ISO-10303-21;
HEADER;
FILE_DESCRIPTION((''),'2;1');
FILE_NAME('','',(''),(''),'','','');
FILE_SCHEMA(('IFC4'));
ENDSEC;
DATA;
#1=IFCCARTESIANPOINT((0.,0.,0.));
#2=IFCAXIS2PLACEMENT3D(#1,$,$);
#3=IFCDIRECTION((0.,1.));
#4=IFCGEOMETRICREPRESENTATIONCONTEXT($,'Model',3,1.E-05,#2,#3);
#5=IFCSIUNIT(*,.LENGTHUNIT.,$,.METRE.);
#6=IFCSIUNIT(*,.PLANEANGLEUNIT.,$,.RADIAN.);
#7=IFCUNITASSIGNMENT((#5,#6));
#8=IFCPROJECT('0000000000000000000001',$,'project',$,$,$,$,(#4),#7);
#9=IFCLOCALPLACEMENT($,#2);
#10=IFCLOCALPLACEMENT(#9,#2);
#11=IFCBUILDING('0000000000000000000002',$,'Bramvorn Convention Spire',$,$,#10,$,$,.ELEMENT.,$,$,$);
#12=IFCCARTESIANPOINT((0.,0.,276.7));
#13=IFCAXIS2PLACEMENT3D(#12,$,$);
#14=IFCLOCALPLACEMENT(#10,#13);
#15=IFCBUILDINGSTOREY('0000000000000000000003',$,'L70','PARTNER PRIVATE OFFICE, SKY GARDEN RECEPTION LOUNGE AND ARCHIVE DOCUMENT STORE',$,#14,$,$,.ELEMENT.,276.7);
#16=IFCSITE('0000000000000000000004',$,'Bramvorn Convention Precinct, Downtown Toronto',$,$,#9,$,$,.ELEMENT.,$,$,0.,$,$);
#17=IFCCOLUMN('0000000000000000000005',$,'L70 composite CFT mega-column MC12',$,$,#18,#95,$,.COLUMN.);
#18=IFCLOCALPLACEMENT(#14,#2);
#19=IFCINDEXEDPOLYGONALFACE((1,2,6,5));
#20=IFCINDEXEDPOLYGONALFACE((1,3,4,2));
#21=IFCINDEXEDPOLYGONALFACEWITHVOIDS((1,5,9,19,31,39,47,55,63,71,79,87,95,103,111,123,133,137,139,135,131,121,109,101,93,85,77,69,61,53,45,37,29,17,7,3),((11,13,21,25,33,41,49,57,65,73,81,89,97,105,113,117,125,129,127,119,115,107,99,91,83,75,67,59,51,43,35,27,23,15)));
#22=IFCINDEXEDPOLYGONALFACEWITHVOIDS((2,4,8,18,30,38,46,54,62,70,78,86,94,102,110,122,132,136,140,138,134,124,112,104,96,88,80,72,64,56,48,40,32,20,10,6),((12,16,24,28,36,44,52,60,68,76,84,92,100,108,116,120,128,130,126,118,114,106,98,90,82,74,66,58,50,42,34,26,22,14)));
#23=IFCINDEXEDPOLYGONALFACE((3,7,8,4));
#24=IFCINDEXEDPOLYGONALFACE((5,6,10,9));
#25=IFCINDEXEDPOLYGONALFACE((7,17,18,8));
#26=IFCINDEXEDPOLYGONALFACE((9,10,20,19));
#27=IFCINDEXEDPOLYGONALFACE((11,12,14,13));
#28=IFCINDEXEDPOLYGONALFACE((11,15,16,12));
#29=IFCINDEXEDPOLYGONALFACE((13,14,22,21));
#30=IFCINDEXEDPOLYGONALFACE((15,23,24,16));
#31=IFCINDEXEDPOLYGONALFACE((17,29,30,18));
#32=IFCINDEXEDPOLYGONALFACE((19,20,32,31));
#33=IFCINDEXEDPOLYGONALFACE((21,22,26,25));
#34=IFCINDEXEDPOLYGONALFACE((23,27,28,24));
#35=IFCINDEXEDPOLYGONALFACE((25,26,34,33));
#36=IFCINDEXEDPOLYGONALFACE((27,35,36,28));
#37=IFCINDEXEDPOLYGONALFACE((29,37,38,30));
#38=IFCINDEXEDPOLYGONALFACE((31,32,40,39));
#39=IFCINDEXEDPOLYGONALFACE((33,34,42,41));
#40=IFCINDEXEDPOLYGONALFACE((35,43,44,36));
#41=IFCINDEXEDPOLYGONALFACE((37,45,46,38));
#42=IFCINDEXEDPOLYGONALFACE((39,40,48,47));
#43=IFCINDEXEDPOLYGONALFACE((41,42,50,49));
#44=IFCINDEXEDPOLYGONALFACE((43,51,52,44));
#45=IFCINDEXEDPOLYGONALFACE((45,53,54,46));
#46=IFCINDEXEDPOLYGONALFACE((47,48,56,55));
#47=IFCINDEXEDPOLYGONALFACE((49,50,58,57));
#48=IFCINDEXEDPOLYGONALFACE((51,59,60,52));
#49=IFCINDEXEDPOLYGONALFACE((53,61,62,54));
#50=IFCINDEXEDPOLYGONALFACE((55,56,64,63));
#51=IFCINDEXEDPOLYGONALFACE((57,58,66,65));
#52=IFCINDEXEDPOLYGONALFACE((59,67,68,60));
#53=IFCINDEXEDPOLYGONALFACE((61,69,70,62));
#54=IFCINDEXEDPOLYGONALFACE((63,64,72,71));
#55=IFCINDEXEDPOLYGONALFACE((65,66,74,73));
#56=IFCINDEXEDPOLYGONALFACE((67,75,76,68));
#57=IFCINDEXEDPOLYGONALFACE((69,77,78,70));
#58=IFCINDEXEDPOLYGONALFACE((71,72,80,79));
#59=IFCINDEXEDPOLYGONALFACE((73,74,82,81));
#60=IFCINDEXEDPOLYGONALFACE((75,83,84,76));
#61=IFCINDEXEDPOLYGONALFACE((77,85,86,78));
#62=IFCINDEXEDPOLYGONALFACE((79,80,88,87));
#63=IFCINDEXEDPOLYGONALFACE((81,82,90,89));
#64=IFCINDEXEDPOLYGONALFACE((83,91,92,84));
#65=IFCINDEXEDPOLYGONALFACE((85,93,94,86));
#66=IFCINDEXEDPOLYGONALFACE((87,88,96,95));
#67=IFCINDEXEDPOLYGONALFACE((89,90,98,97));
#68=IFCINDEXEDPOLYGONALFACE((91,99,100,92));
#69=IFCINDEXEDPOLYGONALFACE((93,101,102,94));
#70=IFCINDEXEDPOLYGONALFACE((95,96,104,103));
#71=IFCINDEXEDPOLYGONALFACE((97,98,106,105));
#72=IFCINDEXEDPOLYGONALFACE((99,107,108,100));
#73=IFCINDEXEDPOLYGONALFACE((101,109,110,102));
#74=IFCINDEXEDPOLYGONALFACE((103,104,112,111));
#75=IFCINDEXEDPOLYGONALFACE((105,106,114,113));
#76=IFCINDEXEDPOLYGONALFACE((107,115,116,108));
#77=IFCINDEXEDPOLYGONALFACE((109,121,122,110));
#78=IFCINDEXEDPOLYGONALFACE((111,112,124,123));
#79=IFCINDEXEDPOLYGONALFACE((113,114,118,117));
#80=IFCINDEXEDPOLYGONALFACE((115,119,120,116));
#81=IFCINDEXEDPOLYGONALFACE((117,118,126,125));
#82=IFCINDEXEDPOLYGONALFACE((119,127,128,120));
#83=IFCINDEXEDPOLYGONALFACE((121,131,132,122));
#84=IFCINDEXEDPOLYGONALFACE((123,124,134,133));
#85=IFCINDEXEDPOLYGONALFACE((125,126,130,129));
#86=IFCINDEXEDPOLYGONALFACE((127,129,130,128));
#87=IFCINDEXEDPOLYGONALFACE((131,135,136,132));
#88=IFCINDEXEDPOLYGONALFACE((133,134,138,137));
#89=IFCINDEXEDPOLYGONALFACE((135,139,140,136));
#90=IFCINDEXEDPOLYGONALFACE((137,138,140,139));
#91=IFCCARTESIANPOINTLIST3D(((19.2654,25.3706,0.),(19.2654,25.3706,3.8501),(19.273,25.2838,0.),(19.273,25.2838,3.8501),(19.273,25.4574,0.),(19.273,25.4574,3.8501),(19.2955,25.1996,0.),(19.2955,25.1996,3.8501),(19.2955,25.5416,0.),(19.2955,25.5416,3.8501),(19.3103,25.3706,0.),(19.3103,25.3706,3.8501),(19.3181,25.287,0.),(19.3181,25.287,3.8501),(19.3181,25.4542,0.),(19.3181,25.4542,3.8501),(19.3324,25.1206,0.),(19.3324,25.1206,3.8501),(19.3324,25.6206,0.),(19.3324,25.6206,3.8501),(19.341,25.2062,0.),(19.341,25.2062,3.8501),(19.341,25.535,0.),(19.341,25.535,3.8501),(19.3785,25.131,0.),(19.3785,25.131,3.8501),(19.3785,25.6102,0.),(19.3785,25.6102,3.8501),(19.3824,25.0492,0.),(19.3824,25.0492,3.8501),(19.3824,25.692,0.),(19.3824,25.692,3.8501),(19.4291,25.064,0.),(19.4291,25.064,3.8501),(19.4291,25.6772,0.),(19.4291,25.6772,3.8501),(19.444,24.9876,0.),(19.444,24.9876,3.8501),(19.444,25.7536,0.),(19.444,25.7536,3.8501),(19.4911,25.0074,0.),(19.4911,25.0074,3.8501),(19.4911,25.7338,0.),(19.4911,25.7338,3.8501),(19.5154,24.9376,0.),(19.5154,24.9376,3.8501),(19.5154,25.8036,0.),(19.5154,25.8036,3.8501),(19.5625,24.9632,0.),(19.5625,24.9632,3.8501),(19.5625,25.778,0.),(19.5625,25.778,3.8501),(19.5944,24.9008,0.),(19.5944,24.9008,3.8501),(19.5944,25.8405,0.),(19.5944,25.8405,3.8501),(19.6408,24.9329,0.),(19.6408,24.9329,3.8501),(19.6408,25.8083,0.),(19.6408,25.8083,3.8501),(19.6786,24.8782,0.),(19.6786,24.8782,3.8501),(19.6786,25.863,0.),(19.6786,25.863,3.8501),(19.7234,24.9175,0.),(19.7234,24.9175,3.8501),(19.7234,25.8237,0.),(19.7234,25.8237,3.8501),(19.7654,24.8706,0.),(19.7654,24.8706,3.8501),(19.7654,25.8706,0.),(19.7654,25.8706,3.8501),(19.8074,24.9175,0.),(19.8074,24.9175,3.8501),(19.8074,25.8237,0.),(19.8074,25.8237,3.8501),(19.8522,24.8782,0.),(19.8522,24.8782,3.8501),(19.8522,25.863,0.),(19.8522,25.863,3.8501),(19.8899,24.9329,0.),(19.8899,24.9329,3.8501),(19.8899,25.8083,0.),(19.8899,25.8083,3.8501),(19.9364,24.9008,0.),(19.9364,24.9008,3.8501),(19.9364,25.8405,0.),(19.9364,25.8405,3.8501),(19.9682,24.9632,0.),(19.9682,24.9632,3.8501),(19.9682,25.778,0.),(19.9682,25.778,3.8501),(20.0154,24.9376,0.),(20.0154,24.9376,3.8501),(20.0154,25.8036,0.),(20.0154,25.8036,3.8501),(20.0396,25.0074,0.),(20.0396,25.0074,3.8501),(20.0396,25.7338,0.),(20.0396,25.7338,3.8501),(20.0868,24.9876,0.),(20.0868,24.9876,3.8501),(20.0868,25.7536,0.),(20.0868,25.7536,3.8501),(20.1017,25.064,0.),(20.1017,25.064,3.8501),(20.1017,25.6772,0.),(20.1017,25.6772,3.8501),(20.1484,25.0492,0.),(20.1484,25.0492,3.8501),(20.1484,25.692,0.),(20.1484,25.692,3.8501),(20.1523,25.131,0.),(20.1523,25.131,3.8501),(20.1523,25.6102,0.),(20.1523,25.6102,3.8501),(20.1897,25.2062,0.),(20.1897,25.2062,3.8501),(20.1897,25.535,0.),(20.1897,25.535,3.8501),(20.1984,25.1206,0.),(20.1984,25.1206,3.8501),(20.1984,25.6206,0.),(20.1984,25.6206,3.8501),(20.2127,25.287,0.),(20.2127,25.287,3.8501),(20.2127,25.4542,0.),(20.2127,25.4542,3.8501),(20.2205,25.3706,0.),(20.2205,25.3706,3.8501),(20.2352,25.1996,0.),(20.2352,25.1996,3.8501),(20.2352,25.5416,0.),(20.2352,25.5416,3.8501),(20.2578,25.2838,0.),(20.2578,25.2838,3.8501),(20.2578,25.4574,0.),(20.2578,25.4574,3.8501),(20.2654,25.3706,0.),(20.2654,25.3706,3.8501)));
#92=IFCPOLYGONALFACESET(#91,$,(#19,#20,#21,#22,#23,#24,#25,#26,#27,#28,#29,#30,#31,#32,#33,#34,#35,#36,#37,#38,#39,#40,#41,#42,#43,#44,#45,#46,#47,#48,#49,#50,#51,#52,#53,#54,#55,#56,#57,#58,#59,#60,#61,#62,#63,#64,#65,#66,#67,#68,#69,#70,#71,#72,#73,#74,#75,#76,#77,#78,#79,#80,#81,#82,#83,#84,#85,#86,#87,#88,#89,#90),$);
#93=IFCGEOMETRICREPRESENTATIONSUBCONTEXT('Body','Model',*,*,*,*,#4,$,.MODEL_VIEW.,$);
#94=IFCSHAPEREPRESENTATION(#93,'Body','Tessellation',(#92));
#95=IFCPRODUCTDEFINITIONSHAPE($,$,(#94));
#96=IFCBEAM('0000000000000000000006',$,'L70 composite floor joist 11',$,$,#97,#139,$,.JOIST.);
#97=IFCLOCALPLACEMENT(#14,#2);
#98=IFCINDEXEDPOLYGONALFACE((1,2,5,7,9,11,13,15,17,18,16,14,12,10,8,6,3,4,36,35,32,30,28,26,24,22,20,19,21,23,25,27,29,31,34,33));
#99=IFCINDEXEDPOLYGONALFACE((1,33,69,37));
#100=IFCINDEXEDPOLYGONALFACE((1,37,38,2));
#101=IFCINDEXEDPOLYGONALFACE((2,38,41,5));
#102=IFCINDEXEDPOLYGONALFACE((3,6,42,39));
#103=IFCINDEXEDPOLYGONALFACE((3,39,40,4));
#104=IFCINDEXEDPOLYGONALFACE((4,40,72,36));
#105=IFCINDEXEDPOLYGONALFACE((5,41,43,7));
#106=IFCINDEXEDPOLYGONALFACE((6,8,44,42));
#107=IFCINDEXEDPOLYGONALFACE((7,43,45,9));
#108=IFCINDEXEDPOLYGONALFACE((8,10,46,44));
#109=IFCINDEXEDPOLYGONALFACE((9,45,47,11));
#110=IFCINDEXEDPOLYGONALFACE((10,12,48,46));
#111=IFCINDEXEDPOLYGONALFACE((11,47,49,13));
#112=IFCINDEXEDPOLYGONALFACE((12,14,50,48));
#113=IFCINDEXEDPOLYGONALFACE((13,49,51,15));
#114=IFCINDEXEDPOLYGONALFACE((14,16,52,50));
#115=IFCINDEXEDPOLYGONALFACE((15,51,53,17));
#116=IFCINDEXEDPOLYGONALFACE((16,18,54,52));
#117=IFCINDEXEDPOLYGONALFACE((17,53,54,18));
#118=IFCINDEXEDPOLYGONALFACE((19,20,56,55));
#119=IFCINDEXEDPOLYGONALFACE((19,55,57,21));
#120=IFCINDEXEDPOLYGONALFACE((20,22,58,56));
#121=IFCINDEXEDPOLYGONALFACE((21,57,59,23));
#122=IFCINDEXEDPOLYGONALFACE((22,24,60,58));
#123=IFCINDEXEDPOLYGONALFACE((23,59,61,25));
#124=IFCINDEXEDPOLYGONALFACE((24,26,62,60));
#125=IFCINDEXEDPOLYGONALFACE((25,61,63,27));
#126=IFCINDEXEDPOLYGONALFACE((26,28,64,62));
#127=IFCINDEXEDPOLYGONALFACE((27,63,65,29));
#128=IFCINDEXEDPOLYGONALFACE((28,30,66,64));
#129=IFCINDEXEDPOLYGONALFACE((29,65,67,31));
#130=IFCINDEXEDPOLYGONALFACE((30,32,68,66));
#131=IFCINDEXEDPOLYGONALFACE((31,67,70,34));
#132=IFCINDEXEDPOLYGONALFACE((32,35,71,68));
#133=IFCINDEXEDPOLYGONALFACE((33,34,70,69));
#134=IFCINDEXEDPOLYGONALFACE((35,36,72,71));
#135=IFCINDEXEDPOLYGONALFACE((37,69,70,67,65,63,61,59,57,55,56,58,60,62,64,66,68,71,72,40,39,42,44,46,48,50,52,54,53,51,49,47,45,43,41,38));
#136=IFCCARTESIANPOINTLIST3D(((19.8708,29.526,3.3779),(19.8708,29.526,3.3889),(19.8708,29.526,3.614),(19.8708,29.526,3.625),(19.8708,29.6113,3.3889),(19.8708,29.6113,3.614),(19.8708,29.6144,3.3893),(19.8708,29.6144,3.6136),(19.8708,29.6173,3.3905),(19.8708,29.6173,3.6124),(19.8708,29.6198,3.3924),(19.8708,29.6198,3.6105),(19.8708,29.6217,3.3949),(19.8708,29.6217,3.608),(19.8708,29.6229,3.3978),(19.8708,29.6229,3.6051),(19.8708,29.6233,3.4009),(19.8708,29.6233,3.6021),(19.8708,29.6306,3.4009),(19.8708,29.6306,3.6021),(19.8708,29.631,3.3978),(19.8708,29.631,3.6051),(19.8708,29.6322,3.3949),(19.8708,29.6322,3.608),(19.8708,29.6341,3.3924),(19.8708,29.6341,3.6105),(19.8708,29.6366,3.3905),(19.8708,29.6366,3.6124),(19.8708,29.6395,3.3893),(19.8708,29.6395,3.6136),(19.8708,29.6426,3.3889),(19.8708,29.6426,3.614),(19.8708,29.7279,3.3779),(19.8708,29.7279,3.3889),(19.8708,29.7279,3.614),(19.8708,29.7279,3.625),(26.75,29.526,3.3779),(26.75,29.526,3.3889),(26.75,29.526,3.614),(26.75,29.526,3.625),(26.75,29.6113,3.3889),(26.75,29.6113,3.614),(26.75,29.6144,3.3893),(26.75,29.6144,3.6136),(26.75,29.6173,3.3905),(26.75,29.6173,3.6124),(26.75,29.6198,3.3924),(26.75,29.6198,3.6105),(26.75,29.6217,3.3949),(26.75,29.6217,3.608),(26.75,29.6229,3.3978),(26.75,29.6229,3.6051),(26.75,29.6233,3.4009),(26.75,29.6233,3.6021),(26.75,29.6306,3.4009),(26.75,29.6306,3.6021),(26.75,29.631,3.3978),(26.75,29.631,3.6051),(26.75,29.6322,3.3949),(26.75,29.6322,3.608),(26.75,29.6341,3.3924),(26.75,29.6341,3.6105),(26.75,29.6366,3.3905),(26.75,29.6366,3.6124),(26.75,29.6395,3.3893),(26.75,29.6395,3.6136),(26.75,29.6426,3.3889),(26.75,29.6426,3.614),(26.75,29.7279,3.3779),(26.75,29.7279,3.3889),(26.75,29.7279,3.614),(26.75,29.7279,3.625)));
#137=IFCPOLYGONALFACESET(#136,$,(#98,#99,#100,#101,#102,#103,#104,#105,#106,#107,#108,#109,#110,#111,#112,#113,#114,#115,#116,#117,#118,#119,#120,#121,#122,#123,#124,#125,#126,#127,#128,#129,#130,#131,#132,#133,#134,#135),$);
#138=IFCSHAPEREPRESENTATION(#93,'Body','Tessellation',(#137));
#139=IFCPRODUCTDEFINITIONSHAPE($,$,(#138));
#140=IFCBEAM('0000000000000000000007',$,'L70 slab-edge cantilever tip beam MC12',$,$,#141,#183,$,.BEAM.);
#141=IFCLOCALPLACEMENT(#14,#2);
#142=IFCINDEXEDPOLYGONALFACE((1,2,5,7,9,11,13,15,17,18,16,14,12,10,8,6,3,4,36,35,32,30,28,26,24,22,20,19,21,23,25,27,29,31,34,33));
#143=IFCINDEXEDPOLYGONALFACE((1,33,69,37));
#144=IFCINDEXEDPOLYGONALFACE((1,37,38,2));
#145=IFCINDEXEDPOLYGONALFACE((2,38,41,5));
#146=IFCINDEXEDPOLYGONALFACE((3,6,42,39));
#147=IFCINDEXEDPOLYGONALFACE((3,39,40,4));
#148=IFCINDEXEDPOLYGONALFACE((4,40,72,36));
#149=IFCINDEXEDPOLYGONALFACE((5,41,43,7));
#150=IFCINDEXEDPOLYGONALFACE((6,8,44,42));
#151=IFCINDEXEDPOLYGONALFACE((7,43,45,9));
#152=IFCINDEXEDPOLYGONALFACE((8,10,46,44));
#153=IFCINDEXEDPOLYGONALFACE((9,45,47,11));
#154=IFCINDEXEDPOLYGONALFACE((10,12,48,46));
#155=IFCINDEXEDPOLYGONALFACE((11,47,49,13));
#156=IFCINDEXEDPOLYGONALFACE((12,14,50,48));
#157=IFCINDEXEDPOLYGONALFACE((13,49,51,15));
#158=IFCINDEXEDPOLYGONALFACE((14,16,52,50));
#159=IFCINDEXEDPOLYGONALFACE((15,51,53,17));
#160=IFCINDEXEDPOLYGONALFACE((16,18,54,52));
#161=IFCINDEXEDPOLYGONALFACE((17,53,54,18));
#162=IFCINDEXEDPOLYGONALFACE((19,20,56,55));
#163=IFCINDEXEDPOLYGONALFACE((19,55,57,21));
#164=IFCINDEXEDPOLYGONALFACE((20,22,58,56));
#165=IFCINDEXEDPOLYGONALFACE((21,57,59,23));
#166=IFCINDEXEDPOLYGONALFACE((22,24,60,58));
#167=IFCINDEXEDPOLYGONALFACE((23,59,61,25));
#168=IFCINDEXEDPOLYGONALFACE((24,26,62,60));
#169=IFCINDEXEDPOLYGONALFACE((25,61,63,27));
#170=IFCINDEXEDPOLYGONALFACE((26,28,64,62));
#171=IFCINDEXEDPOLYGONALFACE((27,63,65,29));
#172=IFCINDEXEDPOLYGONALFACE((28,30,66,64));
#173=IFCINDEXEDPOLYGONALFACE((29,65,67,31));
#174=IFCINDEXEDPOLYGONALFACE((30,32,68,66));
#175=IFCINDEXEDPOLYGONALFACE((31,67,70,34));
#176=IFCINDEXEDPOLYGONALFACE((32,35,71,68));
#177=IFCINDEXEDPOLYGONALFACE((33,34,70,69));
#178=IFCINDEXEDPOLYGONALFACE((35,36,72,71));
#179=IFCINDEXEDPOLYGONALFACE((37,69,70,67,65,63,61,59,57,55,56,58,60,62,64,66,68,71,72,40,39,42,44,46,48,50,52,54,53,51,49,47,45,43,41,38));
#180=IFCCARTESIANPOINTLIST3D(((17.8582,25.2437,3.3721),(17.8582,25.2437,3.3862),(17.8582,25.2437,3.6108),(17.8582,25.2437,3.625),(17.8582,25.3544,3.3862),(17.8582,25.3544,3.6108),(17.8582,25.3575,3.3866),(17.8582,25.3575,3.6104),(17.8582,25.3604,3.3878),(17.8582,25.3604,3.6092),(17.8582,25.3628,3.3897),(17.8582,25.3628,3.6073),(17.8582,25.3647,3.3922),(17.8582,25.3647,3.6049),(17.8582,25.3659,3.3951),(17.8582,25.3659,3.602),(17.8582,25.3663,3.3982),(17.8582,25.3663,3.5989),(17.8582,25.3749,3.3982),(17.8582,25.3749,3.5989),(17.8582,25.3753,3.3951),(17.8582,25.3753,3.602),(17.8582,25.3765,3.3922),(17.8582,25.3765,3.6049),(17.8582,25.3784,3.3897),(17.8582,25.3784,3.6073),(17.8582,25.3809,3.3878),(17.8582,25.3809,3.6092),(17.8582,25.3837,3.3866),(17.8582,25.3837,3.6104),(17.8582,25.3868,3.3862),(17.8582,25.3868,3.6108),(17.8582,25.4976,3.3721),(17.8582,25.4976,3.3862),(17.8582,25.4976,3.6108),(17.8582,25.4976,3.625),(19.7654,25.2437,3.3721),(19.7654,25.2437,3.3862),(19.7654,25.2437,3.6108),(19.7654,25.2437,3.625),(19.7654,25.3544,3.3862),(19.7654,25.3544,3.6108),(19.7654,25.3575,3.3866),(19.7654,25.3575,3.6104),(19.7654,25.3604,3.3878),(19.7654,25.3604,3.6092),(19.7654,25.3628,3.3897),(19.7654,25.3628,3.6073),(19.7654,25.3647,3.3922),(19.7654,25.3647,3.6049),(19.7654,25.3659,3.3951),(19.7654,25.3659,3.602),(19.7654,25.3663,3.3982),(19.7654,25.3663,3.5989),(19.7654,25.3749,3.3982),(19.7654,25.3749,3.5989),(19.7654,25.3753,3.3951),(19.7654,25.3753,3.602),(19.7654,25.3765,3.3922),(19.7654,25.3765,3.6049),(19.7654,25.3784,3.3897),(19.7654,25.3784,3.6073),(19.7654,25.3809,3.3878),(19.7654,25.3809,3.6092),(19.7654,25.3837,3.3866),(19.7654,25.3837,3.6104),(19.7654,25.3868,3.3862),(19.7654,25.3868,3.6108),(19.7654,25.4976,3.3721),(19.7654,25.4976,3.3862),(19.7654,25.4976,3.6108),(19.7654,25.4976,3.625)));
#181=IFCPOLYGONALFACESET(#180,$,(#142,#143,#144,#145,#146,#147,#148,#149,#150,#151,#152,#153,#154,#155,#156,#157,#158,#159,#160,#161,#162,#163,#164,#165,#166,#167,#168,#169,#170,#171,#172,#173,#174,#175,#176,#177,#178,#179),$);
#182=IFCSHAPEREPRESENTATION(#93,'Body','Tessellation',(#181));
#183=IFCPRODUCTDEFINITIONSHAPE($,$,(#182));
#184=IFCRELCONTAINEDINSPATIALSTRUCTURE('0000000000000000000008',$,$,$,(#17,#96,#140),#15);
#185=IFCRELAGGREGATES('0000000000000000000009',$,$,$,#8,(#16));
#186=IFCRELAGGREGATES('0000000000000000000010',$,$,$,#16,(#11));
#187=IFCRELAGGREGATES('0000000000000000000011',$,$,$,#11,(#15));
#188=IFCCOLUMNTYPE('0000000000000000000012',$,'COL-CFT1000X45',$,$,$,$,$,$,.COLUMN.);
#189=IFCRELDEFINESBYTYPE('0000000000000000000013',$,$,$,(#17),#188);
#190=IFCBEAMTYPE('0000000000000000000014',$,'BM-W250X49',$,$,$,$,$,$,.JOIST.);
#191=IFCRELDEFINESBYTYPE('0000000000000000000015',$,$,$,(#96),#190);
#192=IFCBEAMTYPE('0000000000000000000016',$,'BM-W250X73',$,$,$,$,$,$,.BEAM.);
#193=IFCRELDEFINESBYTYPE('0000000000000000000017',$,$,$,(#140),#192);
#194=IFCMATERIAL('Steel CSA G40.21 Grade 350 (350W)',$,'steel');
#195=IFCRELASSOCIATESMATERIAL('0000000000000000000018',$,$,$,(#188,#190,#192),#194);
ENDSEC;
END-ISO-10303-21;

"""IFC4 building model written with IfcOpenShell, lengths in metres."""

from ifc_helpers import new_model, si_unit, direction, frame, origin, origin_2d, place, context, subcontext, project, spatial, hollow_circle, i_section, extrude, material, material_profile, profile_set, type_object, element, save


model = new_model("IFC4")

# Units and contexts
model_context = context("Model", 3, precision=1e-05, world=origin(), true_north=direction((0.0, 1.0)))
body_context = subcontext(model_context, "Body", "Model", "MODEL_VIEW")
ifc_project = project(units=[si_unit("LENGTHUNIT", "METRE"), si_unit("PLANEANGLEUNIT", "RADIAN")], contexts=[model_context])

# Site, building, storey
site_placement = place(None, origin())
site = spatial("IfcSite", under=ifc_project, at=site_placement, Name="Bramvorn Convention Precinct, Downtown Toronto", CompositionType="ELEMENT", RefElevation=0.0)
building_placement = place(site_placement, origin())
building = spatial("IfcBuilding", under=site, at=building_placement, Name="Bramvorn Convention Spire", CompositionType="ELEMENT")
storey_placement = place(building_placement, frame((0.0, 0.0, 276.7)))
storey = spatial("IfcBuildingStorey", under=building, at=storey_placement, Name="L70", Description="PARTNER PRIVATE OFFICE, SKY GARDEN RECEPTION LOUNGE AND ARCHIVE DOCUMENT STORE", CompositionType="ELEMENT", Elevation=276.7)

# Column
ifc_material_1 = material(Name="Steel CSA G40.21 Grade 350 (350W)", Category="steel")
ifc_material_profile_1 = material_profile(ifc_material_1, hollow_circle(Radius=0.5, WallThickness=0.0449, at=origin_2d()))
ifc_profile_set_1 = profile_set([ifc_material_profile_1], Name="Steel CSA G40.21 Grade 350 (350W) - CFT1000X45")
column_type = type_object("IfcColumnType", Name="COL-CFT1000X45", PredefinedType="COLUMN", material=ifc_profile_set_1)
column_placement = place(storey_placement, frame((19.7654, 25.3706, 0.0), z_axis=(0.0, 0.0, 1.0), x_axis=(1.0, 0.0, 0.0)))
element("IfcColumn", 1, at=column_placement, inside=storey, type_object=column_type, Name="L70 composite CFT mega-column MC12", PredefinedType="COLUMN", context=body_context, shape_type="SweptSolid", body=[
    extrude(hollow_circle(Radius=0.5, WallThickness=0.0449, at=origin_2d()), origin(), (0.0, 0.0, 1.0), 3.8501),
])

# Beams
ifc_material_profile_2 = material_profile(ifc_material_1, i_section(OverallWidth=0.2019, OverallDepth=0.2471, WebThickness=0.0073, FlangeThickness=0.011, FilletRadius=0.012, at=origin_2d()))
ifc_profile_set_2 = profile_set([ifc_material_profile_2], Name="Steel CSA G40.21 Grade 350 (350W) - W250X49")
beam_type_1 = type_object("IfcBeamType", Name="BM-W250X49", PredefinedType="JOIST", material=ifc_profile_set_2)
beam_1_placement = place(storey_placement, frame((26.75, 29.627, 3.5015), z_axis=(-1.0, 0.0, 0.0), x_axis=(0.0, -1.0, 0.0)))
element("IfcBeam", 2, at=beam_1_placement, inside=storey, type_object=beam_type_1, Name="L70 composite floor joist 11", PredefinedType="JOIST", context=body_context, shape_type="SweptSolid", body=[
    extrude(i_section(OverallWidth=0.2019, OverallDepth=0.2471, WebThickness=0.0073, FlangeThickness=0.011, FilletRadius=0.012, at=origin_2d()), origin(), (0.0, 0.0, 1.0), 6.8792),
])
ifc_material_profile_3 = material_profile(ifc_material_1, i_section(OverallWidth=0.2539, OverallDepth=0.2529, WebThickness=0.0085, FlangeThickness=0.0142, FilletRadius=0.012, at=origin_2d()))
ifc_profile_set_3 = profile_set([ifc_material_profile_3], Name="Steel CSA G40.21 Grade 350 (350W) - W250X73")
beam_type_2 = type_object("IfcBeamType", Name="BM-W250X73", PredefinedType="BEAM", material=ifc_profile_set_3)
beam_2_placement = place(storey_placement, frame((19.7654, 25.3706, 3.4985), z_axis=(-1.0, 0.0, 0.0), x_axis=(0.0, -1.0, 0.0)))
element("IfcBeam", 3, at=beam_2_placement, inside=storey, type_object=beam_type_2, Name="L70 slab-edge cantilever tip beam MC12", PredefinedType="BEAM", context=body_context, shape_type="SweptSolid", body=[
    extrude(i_section(OverallWidth=0.2539, OverallDepth=0.2529, WebThickness=0.0085, FlangeThickness=0.0142, FilletRadius=0.012, at=origin_2d()), origin(), (0.0, 0.0, 1.0), 1.9072),
])

save(model, "model.ifc")
